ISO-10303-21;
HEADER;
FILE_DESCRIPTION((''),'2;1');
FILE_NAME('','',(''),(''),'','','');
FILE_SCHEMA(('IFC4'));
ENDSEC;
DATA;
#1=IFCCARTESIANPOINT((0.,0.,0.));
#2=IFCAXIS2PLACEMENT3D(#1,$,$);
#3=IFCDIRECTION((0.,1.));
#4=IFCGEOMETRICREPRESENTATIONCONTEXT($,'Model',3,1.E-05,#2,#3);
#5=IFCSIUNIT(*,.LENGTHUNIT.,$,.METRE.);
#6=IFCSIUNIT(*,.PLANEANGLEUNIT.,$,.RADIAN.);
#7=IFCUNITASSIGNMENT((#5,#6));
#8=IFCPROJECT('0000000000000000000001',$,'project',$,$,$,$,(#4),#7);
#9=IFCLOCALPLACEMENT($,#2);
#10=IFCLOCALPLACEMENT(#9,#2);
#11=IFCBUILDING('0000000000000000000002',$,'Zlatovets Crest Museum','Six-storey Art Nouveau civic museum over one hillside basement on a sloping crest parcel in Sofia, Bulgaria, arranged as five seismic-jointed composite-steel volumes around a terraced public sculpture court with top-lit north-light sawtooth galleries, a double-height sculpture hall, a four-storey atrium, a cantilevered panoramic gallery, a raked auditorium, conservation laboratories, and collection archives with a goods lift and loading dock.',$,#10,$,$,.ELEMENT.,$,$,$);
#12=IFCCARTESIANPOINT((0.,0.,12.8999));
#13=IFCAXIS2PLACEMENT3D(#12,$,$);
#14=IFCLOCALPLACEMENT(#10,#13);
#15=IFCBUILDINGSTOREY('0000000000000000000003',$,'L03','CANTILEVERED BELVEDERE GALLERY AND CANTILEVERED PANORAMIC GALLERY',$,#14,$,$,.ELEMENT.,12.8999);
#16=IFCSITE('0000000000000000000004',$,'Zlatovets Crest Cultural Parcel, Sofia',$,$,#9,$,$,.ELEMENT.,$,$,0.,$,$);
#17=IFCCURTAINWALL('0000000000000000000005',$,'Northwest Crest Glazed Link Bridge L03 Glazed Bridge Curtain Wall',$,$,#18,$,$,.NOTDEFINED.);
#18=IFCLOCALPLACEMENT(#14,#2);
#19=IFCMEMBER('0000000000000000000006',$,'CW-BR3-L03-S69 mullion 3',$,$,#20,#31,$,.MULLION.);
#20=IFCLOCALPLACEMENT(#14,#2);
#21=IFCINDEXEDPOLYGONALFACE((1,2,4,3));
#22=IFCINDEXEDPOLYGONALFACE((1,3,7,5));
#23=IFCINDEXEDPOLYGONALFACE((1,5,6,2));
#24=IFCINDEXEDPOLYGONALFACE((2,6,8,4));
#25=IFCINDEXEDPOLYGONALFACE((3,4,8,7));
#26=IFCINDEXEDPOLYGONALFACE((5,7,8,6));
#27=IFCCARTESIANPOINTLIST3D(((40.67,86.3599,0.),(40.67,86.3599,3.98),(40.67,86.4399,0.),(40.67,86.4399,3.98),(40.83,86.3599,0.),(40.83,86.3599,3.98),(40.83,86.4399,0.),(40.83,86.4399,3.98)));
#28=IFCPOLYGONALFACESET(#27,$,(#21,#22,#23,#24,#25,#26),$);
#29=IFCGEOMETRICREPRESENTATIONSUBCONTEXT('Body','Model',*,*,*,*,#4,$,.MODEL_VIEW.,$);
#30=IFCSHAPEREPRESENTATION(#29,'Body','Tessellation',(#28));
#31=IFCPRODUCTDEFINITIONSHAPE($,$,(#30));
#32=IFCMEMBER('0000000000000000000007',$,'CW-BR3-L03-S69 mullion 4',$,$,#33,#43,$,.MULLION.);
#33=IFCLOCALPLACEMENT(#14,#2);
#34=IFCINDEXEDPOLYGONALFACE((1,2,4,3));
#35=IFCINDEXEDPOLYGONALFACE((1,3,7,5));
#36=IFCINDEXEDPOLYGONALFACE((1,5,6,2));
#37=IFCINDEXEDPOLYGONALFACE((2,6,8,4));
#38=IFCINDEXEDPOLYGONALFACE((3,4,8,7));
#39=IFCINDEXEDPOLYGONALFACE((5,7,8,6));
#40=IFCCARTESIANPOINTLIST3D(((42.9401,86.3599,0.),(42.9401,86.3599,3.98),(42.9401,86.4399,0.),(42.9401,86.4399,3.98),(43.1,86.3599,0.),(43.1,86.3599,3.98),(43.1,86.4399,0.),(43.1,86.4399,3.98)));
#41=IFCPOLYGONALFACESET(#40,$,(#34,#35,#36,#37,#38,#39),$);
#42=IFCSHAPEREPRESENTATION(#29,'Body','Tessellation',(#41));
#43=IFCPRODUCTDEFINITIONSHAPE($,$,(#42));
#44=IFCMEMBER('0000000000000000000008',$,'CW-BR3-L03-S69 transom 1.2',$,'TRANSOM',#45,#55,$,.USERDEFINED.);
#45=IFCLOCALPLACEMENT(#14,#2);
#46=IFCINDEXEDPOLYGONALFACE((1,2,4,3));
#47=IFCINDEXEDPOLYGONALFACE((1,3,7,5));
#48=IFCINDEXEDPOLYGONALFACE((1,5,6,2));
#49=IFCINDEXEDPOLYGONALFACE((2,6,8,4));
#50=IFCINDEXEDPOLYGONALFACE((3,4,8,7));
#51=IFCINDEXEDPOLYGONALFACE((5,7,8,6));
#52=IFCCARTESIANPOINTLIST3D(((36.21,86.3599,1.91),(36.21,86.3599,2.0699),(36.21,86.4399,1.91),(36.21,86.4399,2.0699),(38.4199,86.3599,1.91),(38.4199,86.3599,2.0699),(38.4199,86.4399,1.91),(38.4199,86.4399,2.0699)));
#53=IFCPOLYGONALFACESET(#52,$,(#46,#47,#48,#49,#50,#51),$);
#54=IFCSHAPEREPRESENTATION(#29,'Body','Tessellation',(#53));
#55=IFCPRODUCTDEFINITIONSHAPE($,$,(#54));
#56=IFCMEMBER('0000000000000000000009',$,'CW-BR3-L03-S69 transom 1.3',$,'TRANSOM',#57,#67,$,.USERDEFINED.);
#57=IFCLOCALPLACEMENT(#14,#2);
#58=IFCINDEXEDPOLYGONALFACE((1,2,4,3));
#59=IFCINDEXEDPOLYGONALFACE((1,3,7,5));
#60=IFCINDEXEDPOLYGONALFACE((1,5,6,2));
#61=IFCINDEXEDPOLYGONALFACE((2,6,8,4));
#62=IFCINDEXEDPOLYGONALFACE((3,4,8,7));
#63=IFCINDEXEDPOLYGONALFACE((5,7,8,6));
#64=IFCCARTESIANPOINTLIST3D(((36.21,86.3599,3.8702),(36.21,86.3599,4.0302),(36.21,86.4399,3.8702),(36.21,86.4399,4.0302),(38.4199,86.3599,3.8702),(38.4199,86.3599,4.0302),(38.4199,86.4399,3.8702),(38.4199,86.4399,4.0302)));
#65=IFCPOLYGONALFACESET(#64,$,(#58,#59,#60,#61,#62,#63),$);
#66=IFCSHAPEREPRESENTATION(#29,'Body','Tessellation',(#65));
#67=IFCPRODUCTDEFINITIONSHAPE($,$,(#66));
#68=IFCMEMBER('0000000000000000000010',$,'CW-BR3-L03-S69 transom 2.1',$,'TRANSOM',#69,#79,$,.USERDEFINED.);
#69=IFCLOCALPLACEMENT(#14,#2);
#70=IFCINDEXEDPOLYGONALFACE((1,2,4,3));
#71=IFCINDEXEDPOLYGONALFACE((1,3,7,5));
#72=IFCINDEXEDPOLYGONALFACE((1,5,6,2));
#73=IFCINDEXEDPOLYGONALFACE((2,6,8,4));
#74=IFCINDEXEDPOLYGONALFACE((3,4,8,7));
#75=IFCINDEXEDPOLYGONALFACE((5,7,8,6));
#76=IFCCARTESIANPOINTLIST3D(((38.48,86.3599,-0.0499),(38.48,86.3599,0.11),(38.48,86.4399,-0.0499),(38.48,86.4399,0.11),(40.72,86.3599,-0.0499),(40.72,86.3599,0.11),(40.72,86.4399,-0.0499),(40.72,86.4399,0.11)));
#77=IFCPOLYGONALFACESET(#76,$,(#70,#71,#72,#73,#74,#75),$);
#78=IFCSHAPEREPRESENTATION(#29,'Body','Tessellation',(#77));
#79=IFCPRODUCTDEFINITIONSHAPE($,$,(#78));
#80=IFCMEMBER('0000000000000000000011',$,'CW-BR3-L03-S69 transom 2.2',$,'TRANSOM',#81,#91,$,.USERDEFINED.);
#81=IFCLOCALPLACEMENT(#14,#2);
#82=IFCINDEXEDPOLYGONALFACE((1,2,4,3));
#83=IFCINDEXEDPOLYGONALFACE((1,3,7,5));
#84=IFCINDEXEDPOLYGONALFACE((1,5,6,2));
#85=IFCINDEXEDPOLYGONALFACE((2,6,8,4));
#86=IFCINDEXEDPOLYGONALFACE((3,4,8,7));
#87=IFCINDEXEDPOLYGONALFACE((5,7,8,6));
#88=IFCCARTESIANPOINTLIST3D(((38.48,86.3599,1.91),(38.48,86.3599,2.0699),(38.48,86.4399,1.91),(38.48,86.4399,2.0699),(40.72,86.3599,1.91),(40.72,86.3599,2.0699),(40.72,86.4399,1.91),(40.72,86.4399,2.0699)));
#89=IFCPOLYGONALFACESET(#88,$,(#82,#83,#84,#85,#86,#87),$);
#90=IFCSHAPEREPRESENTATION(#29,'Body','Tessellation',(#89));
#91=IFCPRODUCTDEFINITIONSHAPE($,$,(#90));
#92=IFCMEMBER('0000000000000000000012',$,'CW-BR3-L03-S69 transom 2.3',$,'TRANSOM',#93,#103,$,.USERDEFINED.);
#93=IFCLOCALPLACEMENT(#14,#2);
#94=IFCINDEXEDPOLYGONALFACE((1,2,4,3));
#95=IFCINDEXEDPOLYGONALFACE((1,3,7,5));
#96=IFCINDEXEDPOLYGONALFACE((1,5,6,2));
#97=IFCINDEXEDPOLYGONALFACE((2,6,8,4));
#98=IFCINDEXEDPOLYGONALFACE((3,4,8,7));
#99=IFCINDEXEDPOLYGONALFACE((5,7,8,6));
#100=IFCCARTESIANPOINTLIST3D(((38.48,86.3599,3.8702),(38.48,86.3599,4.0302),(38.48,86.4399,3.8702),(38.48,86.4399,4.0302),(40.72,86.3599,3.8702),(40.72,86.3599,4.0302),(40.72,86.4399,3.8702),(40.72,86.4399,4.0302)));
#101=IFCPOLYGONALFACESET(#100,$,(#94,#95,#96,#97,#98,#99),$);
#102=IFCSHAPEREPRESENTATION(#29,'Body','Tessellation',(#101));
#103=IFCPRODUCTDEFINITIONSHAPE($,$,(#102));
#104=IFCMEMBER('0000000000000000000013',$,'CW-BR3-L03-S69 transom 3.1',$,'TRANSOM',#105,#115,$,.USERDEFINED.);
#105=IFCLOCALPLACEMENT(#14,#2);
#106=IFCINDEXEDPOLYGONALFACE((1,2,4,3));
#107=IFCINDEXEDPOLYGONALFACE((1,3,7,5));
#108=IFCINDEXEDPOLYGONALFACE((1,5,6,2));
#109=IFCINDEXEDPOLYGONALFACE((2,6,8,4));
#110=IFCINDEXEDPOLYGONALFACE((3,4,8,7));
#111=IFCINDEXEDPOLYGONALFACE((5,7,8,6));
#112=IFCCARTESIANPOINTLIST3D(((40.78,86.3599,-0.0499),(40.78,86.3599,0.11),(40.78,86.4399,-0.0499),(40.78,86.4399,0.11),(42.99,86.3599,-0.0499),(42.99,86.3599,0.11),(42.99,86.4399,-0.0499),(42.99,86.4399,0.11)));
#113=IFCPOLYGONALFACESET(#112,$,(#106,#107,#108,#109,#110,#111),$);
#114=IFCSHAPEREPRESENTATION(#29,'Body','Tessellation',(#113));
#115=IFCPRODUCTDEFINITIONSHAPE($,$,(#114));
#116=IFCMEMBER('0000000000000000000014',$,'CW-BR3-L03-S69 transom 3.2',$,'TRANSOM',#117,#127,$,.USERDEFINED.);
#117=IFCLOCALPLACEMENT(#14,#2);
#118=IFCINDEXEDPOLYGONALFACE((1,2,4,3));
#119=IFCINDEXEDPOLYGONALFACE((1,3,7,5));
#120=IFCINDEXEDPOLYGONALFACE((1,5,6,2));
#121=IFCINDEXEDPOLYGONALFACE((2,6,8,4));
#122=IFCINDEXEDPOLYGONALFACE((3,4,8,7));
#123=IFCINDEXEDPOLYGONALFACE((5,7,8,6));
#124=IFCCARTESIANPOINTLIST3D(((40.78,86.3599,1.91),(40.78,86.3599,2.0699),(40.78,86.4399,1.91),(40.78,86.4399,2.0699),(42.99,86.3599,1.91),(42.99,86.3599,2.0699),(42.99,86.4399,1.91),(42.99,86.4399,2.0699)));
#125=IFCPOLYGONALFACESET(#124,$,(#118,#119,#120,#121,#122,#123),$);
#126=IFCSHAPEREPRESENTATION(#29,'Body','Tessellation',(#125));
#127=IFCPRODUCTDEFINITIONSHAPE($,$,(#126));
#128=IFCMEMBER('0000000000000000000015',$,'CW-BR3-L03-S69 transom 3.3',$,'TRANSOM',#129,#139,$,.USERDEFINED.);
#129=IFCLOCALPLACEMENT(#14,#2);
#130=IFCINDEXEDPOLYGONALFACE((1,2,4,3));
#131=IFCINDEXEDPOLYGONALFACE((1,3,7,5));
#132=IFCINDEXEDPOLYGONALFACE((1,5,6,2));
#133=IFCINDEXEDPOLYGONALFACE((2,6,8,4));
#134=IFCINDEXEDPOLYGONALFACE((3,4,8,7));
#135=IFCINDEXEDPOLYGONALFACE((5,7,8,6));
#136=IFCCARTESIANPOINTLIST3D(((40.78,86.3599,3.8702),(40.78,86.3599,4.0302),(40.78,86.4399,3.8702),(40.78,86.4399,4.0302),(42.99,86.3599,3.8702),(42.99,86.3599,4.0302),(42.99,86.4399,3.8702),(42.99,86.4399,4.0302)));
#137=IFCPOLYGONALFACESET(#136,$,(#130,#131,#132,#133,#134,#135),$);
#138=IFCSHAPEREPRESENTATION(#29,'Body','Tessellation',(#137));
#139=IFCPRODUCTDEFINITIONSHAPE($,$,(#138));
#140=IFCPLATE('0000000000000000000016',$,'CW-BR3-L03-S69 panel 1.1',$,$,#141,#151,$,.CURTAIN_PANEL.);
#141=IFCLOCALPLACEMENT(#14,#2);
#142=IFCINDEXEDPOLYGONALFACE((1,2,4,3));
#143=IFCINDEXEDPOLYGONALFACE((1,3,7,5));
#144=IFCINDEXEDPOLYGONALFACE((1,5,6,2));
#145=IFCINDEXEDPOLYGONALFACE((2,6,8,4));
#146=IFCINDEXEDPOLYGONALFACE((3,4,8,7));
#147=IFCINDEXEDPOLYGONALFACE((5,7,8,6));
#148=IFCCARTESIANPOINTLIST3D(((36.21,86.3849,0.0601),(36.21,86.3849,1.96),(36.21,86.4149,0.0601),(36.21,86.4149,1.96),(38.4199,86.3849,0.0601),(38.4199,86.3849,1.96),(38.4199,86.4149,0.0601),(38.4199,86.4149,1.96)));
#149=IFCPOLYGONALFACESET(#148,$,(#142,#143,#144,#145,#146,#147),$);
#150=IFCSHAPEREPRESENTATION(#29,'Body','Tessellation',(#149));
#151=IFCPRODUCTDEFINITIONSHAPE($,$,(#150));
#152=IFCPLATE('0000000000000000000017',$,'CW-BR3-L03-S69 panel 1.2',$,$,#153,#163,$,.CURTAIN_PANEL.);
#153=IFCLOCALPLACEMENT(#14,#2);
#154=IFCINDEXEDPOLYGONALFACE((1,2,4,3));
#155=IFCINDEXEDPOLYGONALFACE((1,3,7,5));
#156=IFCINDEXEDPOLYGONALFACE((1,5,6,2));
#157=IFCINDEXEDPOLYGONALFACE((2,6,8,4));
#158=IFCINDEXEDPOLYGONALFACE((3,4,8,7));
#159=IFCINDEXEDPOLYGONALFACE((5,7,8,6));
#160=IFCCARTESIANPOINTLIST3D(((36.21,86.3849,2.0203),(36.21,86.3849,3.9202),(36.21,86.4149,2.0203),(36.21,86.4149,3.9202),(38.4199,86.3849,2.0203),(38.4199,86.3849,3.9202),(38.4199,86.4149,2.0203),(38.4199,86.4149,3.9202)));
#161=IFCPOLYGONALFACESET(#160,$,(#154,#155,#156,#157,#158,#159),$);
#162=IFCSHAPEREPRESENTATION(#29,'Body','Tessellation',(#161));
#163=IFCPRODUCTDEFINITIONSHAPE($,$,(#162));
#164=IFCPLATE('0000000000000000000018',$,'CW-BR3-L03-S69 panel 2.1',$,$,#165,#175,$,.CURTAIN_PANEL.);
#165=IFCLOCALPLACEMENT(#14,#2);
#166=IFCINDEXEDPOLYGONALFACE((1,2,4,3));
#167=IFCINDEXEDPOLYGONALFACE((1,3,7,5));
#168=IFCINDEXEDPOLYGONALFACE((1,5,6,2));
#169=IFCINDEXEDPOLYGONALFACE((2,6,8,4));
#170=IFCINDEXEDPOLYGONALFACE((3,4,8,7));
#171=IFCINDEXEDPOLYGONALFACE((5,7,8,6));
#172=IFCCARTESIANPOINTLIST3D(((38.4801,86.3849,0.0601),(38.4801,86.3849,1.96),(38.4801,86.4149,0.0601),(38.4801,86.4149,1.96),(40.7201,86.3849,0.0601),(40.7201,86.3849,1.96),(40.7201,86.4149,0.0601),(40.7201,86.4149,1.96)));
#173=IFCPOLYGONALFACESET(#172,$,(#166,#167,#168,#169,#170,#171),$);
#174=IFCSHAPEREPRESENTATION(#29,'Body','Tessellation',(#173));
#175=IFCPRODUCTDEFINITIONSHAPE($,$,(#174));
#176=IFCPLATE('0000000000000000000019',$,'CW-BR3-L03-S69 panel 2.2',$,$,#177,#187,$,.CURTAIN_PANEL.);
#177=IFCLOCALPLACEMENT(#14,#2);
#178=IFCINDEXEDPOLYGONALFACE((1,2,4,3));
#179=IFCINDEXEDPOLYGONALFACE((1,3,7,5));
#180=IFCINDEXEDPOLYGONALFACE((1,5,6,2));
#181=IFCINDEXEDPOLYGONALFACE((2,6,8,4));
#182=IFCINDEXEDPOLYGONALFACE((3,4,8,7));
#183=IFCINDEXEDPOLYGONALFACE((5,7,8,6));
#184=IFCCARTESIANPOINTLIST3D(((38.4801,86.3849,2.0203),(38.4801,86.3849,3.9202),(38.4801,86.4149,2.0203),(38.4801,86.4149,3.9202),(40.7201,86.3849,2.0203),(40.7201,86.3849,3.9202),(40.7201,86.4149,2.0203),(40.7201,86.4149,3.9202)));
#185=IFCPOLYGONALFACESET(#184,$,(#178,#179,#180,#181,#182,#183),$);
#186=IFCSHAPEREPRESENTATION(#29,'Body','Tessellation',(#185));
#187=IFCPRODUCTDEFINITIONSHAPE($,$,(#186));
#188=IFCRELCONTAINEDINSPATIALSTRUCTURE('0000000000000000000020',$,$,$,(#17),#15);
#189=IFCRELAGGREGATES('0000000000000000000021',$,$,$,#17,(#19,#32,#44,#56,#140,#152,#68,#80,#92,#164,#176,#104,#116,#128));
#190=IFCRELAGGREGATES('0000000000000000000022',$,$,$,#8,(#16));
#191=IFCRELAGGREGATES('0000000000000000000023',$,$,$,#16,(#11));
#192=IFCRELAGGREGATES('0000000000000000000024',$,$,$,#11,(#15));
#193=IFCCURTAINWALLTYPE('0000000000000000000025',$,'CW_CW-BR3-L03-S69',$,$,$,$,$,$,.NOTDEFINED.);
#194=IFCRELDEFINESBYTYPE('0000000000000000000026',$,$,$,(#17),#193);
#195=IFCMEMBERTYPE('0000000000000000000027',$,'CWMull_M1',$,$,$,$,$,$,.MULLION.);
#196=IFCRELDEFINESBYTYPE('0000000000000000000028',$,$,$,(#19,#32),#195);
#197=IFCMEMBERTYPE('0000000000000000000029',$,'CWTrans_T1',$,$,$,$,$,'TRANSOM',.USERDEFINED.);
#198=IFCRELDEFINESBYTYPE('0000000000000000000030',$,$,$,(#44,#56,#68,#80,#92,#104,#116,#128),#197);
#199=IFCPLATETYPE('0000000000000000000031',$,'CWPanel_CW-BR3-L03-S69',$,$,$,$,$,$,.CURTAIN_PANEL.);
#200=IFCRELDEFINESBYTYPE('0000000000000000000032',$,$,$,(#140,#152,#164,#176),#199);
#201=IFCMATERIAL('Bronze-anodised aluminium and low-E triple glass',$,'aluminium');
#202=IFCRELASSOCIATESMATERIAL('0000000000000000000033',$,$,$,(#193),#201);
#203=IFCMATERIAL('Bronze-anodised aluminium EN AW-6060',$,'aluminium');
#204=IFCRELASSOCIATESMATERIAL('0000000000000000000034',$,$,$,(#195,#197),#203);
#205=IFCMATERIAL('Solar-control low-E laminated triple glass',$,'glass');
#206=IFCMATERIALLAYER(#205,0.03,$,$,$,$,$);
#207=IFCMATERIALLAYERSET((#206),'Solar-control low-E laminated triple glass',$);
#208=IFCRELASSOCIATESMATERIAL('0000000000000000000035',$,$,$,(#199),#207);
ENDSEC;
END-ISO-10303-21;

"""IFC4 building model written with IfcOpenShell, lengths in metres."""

from ifc_helpers import new_model, si_unit, direction, frame, origin, origin_2d, place, context, subcontext, project, spatial, rectangle, extrude, material, layer, layer_set, material_profile, profile_set, type_object, element, aggregate, save


model = new_model("IFC4")

# Units and contexts
model_context = context("Model", 3, precision=1e-05, world=origin(), true_north=direction((0.0, 1.0)))
body_context = subcontext(model_context, "Body", "Model", "MODEL_VIEW")
ifc_project = project(units=[si_unit("LENGTHUNIT", "METRE"), si_unit("PLANEANGLEUNIT", "RADIAN")], contexts=[model_context])

# Site, building, storey
site_placement = place(None, origin())
site = spatial("IfcSite", under=ifc_project, at=site_placement, Name="Zlatovets Crest Cultural Parcel, Sofia", CompositionType="ELEMENT", RefElevation=0.0)
building_placement = place(site_placement, origin())
building = spatial("IfcBuilding", under=site, at=building_placement, Name="Zlatovets Crest Museum", Description="Six-storey Art Nouveau civic museum over one hillside basement on a sloping crest parcel in Sofia, Bulgaria, arranged as five seismic-jointed composite-steel volumes around a terraced public sculpture court with top-lit north-light sawtooth galleries, a double-height sculpture hall, a four-storey atrium, a cantilevered panoramic gallery, a raked auditorium, conservation laboratories, and collection archives with a goods lift and loading dock.", CompositionType="ELEMENT")
storey_placement = place(building_placement, frame((0.0, 0.0, 12.8999)))
storey = spatial("IfcBuildingStorey", under=building, at=storey_placement, Name="L03", Description="CANTILEVERED BELVEDERE GALLERY AND CANTILEVERED PANORAMIC GALLERY", CompositionType="ELEMENT", Elevation=12.8999)

# Curtain wall, members, plates
ifc_material_1 = material(Name="Bronze-anodised aluminium and low-E triple glass", Category="aluminium")
curtain_wall_type = type_object("IfcCurtainWallType", Name="CW_CW-BR3-L03-S69", PredefinedType="NOTDEFINED", material=ifc_material_1)
curtain_wall_placement = place(storey_placement, origin())
curtain_wall = element("IfcCurtainWall", 1, at=curtain_wall_placement, inside=storey, type_object=curtain_wall_type, Name="Northwest Crest Glazed Link Bridge L03 Glazed Bridge Curtain Wall", PredefinedType="NOTDEFINED")
ifc_material_2 = material(Name="Bronze-anodised aluminium EN AW-6060", Category="aluminium")
ifc_material_profile_1 = material_profile(ifc_material_2, rectangle(XDim=0.0801, YDim=0.1599, at=origin_2d()), Name="ALU 80x160")
ifc_profile_set_1 = profile_set([ifc_material_profile_1], Name="Bronze-anodised aluminium EN AW-6060")
member_type_1 = type_object("IfcMemberType", Name="CWMull_M1", PredefinedType="MULLION", material=ifc_profile_set_1)
member_1_placement = place(storey_placement, frame((40.75, 86.3999, 0.0), z_axis=(0.0, 0.0, 1.0), x_axis=(0.0, 1.0, 0.0)))
member_1 = element("IfcMember", 2, at=member_1_placement, type_object=member_type_1, Name="CW-BR3-L03-S69 mullion 3", PredefinedType="MULLION", context=body_context, shape_type="SweptSolid", body=[
    extrude(rectangle(XDim=0.0801, YDim=0.1599, at=origin_2d()), origin(), (0.0, 0.0, 1.0), 3.98),
])
member_2_placement = place(storey_placement, frame((43.02, 86.3999, 0.0), z_axis=(0.0, 0.0, 1.0), x_axis=(0.0, 1.0, 0.0)))
member_2 = element("IfcMember", 3, at=member_2_placement, type_object=member_type_1, Name="CW-BR3-L03-S69 mullion 4", PredefinedType="MULLION", context=body_context, shape_type="SweptSolid", body=[
    extrude(rectangle(XDim=0.0801, YDim=0.1599, at=origin_2d()), origin(), (0.0, 0.0, 1.0), 3.98),
])
ifc_material_profile_2 = material_profile(ifc_material_2, rectangle(XDim=0.0801, YDim=0.1599, at=origin_2d()), Name="ALU 80x160")
ifc_profile_set_2 = profile_set([ifc_material_profile_2], Name="Bronze-anodised aluminium EN AW-6060")
member_type_2 = type_object("IfcMemberType", Name="CWTrans_T1", ElementType="TRANSOM", PredefinedType="USERDEFINED", material=ifc_profile_set_2)
member_3_placement = place(storey_placement, frame((36.21, 86.3999, 1.99), z_axis=(1.0, 0.0, 0.0), x_axis=(0.0, 1.0, 0.0)))
member_3 = element("IfcMember", 4, at=member_3_placement, type_object=member_type_2, Name="CW-BR3-L03-S69 transom 1.2", ObjectType="TRANSOM", PredefinedType="USERDEFINED", context=body_context, shape_type="SweptSolid", body=[
    extrude(rectangle(XDim=0.0801, YDim=0.1599, at=origin_2d()), origin(), (0.0, 0.0, 1.0), 2.21),
])
member_4_placement = place(storey_placement, frame((36.21, 86.3999, 3.9502), z_axis=(1.0, 0.0, 0.0), x_axis=(0.0, 1.0, 0.0)))
member_4 = element("IfcMember", 5, at=member_4_placement, type_object=member_type_2, Name="CW-BR3-L03-S69 transom 1.3", ObjectType="TRANSOM", PredefinedType="USERDEFINED", context=body_context, shape_type="SweptSolid", body=[
    extrude(rectangle(XDim=0.0801, YDim=0.1599, at=origin_2d()), origin(), (0.0, 0.0, 1.0), 2.21),
])
member_5_placement = place(storey_placement, frame((38.48, 86.3999, 0.03), z_axis=(1.0, 0.0, 0.0), x_axis=(0.0, 1.0, 0.0)))
member_5 = element("IfcMember", 6, at=member_5_placement, type_object=member_type_2, Name="CW-BR3-L03-S69 transom 2.1", ObjectType="TRANSOM", PredefinedType="USERDEFINED", context=body_context, shape_type="SweptSolid", body=[
    extrude(rectangle(XDim=0.0801, YDim=0.1599, at=origin_2d()), origin(), (0.0, 0.0, 1.0), 2.24),
])
member_6_placement = place(storey_placement, frame((38.48, 86.3999, 1.99), z_axis=(1.0, 0.0, 0.0), x_axis=(0.0, 1.0, 0.0)))
member_6 = element("IfcMember", 7, at=member_6_placement, type_object=member_type_2, Name="CW-BR3-L03-S69 transom 2.2", ObjectType="TRANSOM", PredefinedType="USERDEFINED", context=body_context, shape_type="SweptSolid", body=[
    extrude(rectangle(XDim=0.0801, YDim=0.1599, at=origin_2d()), origin(), (0.0, 0.0, 1.0), 2.24),
])
member_7_placement = place(storey_placement, frame((38.48, 86.3999, 3.9502), z_axis=(1.0, 0.0, 0.0), x_axis=(0.0, 1.0, 0.0)))
member_7 = element("IfcMember", 8, at=member_7_placement, type_object=member_type_2, Name="CW-BR3-L03-S69 transom 2.3", ObjectType="TRANSOM", PredefinedType="USERDEFINED", context=body_context, shape_type="SweptSolid", body=[
    extrude(rectangle(XDim=0.0801, YDim=0.1599, at=origin_2d()), origin(), (0.0, 0.0, 1.0), 2.24),
])
member_8_placement = place(storey_placement, frame((40.78, 86.3999, 0.03), z_axis=(1.0, 0.0, 0.0), x_axis=(0.0, 1.0, 0.0)))
member_8 = element("IfcMember", 9, at=member_8_placement, type_object=member_type_2, Name="CW-BR3-L03-S69 transom 3.1", ObjectType="TRANSOM", PredefinedType="USERDEFINED", context=body_context, shape_type="SweptSolid", body=[
    extrude(rectangle(XDim=0.0801, YDim=0.1599, at=origin_2d()), origin(), (0.0, 0.0, 1.0), 2.21),
])
member_9_placement = place(storey_placement, frame((40.78, 86.3999, 1.99), z_axis=(1.0, 0.0, 0.0), x_axis=(0.0, 1.0, 0.0)))
member_9 = element("IfcMember", 10, at=member_9_placement, type_object=member_type_2, Name="CW-BR3-L03-S69 transom 3.2", ObjectType="TRANSOM", PredefinedType="USERDEFINED", context=body_context, shape_type="SweptSolid", body=[
    extrude(rectangle(XDim=0.0801, YDim=0.1599, at=origin_2d()), origin(), (0.0, 0.0, 1.0), 2.21),
])
member_10_placement = place(storey_placement, frame((40.78, 86.3999, 3.9502), z_axis=(1.0, 0.0, 0.0), x_axis=(0.0, 1.0, 0.0)))
member_10 = element("IfcMember", 11, at=member_10_placement, type_object=member_type_2, Name="CW-BR3-L03-S69 transom 3.3", ObjectType="TRANSOM", PredefinedType="USERDEFINED", context=body_context, shape_type="SweptSolid", body=[
    extrude(rectangle(XDim=0.0801, YDim=0.1599, at=origin_2d()), origin(), (0.0, 0.0, 1.0), 2.21),
])
ifc_material_3 = material(Name="Solar-control low-E laminated triple glass", Category="glass")
ifc_layer_1 = layer(ifc_material_3, 0.03)
ifc_layer_set_1 = layer_set([ifc_layer_1], Name="Solar-control low-E laminated triple glass")
plate_type = type_object("IfcPlateType", Name="CWPanel_CW-BR3-L03-S69", PredefinedType="CURTAIN_PANEL", material=ifc_layer_set_1)
plate_1_placement = place(storey_placement, frame((37.3149, 86.3999, 0.0601), z_axis=(0.0, 0.0, 1.0), x_axis=(1.0, 0.0, 0.0)))
plate_1 = element("IfcPlate", 12, at=plate_1_placement, type_object=plate_type, Name="CW-BR3-L03-S69 panel 1.1", PredefinedType="CURTAIN_PANEL", context=body_context, shape_type="SweptSolid", body=[
    extrude(rectangle(XDim=2.21, YDim=0.03, at=origin_2d()), origin(), (0.0, 0.0, 1.0), 1.8999),
])
plate_2_placement = place(storey_placement, frame((37.3149, 86.3999, 2.0203), z_axis=(0.0, 0.0, 1.0), x_axis=(1.0, 0.0, 0.0)))
plate_2 = element("IfcPlate", 13, at=plate_2_placement, type_object=plate_type, Name="CW-BR3-L03-S69 panel 1.2", PredefinedType="CURTAIN_PANEL", context=body_context, shape_type="SweptSolid", body=[
    extrude(rectangle(XDim=2.21, YDim=0.03, at=origin_2d()), origin(), (0.0, 0.0, 1.0), 1.8999),
])
plate_3_placement = place(storey_placement, frame((39.6001, 86.3999, 0.0601), z_axis=(0.0, 0.0, 1.0), x_axis=(1.0, 0.0, 0.0)))
plate_3 = element("IfcPlate", 14, at=plate_3_placement, type_object=plate_type, Name="CW-BR3-L03-S69 panel 2.1", PredefinedType="CURTAIN_PANEL", context=body_context, shape_type="SweptSolid", body=[
    extrude(rectangle(XDim=2.24, YDim=0.03, at=origin_2d()), origin(), (0.0, 0.0, 1.0), 1.8999),
])
plate_4_placement = place(storey_placement, frame((39.6001, 86.3999, 2.0203), z_axis=(0.0, 0.0, 1.0), x_axis=(1.0, 0.0, 0.0)))
plate_4 = element("IfcPlate", 15, at=plate_4_placement, type_object=plate_type, Name="CW-BR3-L03-S69 panel 2.2", PredefinedType="CURTAIN_PANEL", context=body_context, shape_type="SweptSolid", body=[
    extrude(rectangle(XDim=2.24, YDim=0.03, at=origin_2d()), origin(), (0.0, 0.0, 1.0), 1.8999),
])
aggregate(curtain_wall, [member_1, member_2, member_3, member_4, plate_1, plate_2, member_5, member_6, member_7, plate_3, plate_4, member_8, member_9, member_10])

save(model, "model.ifc")
